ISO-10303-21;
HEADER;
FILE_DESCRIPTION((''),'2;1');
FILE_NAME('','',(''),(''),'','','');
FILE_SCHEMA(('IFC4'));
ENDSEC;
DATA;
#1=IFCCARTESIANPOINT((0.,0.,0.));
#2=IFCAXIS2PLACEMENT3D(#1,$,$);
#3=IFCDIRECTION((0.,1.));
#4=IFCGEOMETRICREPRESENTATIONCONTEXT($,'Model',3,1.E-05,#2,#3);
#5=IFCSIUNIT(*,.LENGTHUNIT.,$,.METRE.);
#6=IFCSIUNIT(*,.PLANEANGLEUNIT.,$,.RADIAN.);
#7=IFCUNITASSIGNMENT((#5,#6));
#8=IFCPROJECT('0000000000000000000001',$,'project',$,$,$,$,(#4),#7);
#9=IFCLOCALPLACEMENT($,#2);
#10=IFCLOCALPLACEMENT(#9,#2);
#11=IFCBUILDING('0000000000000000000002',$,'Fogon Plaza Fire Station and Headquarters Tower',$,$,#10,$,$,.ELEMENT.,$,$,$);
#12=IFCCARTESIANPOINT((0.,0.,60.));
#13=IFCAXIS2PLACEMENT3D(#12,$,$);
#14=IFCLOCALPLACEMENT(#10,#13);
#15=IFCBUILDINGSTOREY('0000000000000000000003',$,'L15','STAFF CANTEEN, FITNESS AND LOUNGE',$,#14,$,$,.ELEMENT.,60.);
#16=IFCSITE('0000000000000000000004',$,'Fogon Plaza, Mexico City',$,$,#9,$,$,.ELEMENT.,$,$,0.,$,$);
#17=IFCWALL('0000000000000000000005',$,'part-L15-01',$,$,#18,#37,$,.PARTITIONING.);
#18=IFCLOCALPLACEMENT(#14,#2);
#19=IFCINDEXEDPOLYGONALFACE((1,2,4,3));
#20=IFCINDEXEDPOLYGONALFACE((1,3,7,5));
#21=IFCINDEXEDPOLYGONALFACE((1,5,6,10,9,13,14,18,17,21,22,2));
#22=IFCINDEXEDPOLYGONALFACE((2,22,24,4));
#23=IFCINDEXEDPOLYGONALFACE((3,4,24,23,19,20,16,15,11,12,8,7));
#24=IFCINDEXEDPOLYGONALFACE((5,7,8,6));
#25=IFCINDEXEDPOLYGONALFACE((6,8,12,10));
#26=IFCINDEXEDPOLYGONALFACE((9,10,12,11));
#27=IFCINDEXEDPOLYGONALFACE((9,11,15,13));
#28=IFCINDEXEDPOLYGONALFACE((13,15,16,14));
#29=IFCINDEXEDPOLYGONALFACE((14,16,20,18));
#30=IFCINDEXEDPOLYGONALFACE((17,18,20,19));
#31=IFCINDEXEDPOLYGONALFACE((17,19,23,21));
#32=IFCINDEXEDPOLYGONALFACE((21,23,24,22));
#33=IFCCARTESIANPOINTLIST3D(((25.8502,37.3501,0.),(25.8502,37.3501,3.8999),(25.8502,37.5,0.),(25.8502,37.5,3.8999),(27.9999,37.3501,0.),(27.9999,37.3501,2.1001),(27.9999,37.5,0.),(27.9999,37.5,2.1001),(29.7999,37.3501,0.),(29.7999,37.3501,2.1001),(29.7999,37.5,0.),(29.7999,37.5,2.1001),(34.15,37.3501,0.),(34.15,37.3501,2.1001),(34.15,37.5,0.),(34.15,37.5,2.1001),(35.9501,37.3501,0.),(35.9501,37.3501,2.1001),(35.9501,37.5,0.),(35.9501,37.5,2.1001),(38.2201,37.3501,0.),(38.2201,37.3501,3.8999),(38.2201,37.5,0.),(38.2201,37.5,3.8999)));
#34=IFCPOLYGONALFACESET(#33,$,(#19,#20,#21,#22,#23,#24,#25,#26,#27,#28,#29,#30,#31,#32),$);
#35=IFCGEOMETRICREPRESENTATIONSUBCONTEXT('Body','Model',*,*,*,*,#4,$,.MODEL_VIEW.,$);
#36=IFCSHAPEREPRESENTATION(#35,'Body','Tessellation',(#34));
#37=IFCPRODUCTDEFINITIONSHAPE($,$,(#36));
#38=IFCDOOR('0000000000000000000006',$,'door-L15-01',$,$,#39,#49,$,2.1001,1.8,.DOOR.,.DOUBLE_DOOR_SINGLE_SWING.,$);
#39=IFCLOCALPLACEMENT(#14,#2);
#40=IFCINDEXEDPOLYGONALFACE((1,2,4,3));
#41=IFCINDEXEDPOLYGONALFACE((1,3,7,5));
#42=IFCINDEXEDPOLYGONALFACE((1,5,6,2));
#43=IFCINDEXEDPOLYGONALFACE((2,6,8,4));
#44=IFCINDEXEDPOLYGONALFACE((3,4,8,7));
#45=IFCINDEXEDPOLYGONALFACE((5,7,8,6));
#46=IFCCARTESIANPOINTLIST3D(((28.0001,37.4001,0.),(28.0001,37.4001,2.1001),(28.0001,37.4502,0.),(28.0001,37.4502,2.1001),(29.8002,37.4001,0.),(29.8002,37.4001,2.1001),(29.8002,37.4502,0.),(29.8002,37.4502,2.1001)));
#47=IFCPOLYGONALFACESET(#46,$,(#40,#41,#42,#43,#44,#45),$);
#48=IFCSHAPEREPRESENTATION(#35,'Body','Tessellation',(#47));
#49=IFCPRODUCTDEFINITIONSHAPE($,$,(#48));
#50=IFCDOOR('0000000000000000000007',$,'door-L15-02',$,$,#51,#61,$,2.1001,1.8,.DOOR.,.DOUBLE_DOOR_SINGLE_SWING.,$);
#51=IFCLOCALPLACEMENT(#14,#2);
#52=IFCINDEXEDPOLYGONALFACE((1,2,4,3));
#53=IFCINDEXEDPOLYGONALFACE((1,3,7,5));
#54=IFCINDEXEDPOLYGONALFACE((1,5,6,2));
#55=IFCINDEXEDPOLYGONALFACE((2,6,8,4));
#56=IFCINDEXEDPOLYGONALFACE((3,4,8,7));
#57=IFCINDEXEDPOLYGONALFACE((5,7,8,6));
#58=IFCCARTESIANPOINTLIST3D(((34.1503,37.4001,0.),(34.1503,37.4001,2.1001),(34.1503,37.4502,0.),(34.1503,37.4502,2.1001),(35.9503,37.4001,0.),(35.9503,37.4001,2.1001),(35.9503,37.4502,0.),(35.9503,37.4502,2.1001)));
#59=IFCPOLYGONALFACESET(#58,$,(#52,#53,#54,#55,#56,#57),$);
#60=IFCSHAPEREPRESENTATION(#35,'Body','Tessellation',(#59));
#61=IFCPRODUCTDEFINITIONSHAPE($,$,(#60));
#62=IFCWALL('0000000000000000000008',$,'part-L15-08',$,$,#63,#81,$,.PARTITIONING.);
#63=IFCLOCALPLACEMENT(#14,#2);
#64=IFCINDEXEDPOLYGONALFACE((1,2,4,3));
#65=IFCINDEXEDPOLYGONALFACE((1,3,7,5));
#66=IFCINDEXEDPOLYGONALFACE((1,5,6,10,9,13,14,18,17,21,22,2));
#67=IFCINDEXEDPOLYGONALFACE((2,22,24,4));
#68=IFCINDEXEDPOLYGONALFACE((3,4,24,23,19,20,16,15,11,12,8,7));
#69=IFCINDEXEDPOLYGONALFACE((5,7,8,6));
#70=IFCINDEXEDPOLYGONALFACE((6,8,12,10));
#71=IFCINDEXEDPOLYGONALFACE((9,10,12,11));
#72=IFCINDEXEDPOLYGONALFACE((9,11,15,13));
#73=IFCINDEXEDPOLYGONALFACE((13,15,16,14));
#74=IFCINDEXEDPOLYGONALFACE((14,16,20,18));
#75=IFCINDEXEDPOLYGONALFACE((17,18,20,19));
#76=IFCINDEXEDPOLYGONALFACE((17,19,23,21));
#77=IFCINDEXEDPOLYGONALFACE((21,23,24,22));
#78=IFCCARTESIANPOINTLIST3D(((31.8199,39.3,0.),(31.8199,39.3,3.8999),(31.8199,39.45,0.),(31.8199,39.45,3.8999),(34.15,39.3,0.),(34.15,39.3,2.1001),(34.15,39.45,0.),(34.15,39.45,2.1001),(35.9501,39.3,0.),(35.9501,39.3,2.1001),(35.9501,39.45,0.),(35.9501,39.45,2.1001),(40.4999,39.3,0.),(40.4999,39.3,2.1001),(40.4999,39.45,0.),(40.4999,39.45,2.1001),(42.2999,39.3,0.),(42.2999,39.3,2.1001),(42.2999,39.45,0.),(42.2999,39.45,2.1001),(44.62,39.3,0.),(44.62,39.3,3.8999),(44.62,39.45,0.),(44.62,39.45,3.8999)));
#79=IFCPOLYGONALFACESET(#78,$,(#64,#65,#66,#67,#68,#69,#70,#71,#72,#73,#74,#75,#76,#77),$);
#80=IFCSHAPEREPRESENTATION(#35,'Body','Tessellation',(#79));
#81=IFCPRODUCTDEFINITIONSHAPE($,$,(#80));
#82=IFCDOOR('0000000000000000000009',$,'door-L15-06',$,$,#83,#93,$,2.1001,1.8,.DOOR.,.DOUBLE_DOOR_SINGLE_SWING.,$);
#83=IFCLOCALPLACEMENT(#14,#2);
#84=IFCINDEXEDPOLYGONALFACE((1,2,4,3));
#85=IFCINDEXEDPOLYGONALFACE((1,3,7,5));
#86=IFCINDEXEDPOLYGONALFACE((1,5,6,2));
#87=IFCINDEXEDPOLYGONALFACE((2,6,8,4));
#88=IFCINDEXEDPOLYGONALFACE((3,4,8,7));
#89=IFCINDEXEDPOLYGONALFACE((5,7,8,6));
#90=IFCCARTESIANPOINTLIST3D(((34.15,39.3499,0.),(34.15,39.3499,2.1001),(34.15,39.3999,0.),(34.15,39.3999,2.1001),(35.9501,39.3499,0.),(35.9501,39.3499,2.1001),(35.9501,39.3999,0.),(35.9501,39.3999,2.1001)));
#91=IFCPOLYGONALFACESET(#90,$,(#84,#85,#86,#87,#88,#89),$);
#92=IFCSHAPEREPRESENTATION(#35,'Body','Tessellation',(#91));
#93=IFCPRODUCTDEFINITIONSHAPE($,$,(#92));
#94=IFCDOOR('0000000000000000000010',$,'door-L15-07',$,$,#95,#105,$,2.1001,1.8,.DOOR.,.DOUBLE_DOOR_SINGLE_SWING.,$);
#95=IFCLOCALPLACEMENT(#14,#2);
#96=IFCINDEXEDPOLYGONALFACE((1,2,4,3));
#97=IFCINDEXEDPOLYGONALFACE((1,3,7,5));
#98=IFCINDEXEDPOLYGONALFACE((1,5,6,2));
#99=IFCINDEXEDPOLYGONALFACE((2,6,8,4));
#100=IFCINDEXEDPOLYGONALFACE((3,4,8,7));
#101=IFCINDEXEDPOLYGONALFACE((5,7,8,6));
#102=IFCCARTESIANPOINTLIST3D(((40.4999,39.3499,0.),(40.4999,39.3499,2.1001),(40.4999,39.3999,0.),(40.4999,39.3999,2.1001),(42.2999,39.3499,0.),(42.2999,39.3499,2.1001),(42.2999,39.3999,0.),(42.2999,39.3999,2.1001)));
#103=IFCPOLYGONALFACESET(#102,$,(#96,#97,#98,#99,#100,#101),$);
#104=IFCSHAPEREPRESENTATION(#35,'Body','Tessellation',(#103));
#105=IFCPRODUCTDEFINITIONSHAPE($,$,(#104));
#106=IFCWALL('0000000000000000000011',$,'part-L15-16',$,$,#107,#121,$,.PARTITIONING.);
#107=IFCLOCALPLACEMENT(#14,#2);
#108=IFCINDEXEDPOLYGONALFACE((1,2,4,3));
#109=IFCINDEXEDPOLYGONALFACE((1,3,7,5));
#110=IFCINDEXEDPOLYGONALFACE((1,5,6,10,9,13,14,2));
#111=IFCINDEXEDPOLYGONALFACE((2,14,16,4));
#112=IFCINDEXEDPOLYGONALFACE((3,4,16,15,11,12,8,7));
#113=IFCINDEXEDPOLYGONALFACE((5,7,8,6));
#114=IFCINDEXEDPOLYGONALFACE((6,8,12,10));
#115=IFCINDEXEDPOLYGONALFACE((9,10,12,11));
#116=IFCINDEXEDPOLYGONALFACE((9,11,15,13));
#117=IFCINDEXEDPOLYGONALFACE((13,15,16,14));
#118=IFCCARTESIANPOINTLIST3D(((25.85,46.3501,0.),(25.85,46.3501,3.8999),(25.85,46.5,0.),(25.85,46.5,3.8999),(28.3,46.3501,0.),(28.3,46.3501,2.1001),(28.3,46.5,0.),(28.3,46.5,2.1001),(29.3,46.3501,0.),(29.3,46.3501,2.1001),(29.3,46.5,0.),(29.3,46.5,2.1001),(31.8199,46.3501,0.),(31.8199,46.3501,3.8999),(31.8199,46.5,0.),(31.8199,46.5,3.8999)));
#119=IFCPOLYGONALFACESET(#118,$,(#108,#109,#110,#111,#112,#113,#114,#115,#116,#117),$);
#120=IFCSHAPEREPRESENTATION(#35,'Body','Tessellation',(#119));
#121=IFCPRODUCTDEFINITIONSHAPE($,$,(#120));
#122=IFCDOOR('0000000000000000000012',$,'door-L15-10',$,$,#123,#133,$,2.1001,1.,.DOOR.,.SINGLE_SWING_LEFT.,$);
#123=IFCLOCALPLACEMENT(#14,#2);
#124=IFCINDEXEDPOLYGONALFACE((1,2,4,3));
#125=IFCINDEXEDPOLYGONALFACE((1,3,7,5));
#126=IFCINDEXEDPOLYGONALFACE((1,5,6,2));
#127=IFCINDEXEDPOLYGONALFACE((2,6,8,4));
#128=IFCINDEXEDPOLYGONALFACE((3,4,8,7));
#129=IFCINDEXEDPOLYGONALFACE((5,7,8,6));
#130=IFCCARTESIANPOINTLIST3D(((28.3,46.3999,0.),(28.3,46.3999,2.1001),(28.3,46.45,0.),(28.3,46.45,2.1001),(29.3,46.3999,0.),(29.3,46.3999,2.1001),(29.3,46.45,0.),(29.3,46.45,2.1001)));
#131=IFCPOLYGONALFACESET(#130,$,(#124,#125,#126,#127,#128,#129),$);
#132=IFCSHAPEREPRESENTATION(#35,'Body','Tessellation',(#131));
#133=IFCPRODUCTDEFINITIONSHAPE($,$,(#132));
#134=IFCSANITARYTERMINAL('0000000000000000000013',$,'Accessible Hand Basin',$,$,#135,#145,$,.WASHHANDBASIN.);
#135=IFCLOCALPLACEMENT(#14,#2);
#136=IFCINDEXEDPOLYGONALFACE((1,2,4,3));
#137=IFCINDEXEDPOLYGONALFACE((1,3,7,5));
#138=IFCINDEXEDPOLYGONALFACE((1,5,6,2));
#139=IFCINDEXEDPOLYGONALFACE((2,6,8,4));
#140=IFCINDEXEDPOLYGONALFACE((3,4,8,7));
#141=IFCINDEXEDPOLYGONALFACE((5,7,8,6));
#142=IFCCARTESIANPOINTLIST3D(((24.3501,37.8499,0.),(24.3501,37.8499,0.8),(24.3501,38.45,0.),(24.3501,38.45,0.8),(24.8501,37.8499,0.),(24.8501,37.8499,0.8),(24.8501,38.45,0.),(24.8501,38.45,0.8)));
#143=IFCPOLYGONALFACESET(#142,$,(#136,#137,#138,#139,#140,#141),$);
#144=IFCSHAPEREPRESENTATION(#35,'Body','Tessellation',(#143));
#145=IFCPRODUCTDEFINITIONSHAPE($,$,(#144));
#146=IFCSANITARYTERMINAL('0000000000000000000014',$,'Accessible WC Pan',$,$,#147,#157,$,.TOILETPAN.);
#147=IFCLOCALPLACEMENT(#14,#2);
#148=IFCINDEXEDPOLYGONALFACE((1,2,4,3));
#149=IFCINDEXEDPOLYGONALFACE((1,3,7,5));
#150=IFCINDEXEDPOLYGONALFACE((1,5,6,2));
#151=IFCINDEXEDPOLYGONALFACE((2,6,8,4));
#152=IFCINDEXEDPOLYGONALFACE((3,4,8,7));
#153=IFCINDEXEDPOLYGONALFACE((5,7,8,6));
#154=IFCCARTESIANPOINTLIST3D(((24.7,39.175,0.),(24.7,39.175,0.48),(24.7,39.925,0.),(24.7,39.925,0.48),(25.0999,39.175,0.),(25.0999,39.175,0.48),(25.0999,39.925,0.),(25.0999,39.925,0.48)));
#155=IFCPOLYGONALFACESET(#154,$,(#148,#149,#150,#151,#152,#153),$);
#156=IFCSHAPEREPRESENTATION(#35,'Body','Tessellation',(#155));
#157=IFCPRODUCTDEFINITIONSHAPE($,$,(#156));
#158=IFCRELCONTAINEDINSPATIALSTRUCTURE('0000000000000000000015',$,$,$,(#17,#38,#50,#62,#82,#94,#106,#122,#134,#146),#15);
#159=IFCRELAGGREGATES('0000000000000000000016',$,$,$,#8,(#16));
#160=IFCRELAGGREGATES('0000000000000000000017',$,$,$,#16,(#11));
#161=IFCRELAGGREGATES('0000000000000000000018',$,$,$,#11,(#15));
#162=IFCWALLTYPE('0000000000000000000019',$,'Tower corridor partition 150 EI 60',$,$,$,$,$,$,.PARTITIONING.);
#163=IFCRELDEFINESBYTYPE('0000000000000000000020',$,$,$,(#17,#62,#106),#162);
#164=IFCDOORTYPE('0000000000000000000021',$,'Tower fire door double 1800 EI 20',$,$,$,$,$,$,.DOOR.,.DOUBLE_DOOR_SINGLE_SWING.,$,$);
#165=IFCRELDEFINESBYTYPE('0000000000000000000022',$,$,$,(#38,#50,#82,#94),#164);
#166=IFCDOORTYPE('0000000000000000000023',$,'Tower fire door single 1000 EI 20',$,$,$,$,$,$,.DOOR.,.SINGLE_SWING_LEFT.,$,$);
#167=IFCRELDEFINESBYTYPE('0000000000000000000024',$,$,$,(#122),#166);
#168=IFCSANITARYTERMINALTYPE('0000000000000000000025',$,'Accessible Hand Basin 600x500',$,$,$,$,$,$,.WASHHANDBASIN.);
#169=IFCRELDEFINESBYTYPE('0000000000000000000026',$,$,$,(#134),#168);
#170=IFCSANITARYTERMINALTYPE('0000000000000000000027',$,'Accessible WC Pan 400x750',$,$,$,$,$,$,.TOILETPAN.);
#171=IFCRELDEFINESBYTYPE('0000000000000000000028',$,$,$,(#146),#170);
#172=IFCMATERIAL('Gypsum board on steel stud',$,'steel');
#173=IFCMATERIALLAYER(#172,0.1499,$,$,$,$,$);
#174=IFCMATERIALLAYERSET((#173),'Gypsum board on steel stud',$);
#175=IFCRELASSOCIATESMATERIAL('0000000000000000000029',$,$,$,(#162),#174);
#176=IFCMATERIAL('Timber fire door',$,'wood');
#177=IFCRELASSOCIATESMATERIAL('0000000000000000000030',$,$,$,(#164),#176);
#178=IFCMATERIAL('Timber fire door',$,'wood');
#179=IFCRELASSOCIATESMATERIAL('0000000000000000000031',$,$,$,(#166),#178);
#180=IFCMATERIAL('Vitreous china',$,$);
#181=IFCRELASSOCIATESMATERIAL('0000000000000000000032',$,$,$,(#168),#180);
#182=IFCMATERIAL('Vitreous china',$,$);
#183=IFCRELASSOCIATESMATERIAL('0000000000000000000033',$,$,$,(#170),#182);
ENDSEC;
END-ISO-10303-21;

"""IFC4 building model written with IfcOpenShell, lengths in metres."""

from ifc_helpers import new_model, si_unit, direction, frame, frame_2d, origin, origin_2d, place, context, subcontext, project, spatial, rectangle, extrude, material, layer, layer_set, type_object, element, fill, save


model = new_model("IFC4")

# Units and contexts
model_context = context("Model", 3, precision=1e-05, world=origin(), true_north=direction((0.0, 1.0)))
body_context = subcontext(model_context, "Body", "Model", "MODEL_VIEW")
ifc_project = project(units=[si_unit("LENGTHUNIT", "METRE"), si_unit("PLANEANGLEUNIT", "RADIAN")], contexts=[model_context])

# Site, building, storey
site_placement = place(None, origin())
site = spatial("IfcSite", under=ifc_project, at=site_placement, Name="Fogon Plaza, Mexico City", CompositionType="ELEMENT", RefElevation=0.0)
building_placement = place(site_placement, origin())
building = spatial("IfcBuilding", under=site, at=building_placement, Name="Fogon Plaza Fire Station and Headquarters Tower", CompositionType="ELEMENT")
storey_placement = place(building_placement, frame((0.0, 0.0, 60.0)))
storey = spatial("IfcBuildingStorey", under=building, at=storey_placement, Name="L15", Description="STAFF CANTEEN, FITNESS AND LOUNGE", CompositionType="ELEMENT", Elevation=60.0)

# Walls, openings, doors
ifc_material_1 = material(Name="Gypsum board on steel stud", Category="steel")
ifc_layer_1 = layer(ifc_material_1, 0.1499)
ifc_layer_set_1 = layer_set([ifc_layer_1], Name="Gypsum board on steel stud")
wall_type_1 = type_object("IfcWallType", Name="Tower corridor partition 150 EI 60", PredefinedType="PARTITIONING", material=ifc_layer_set_1)
wall_1_placement = place(storey_placement, frame((25.8501, 37.425, 0.0), z_axis=(0.0, 0.0, 1.0), x_axis=(1.0, 0.0, 0.0)))
wall_1 = element("IfcWall", 1, at=wall_1_placement, inside=storey, type_object=wall_type_1, Name="part-L15-01", PredefinedType="PARTITIONING", context=body_context, shape_type="SweptSolid", body=[
    extrude(rectangle(XDim=12.3699, YDim=0.1499, at=frame_2d((6.1851, 0.0))), origin(), (0.0, 0.0, 1.0), 3.8999),
])
opening_1_placement = place(wall_1_placement, frame((2.1499, 0.0, 0.0)))
opening_1 = element("IfcOpeningElement", 2, at=opening_1_placement, cuts=wall_1, PredefinedType="OPENING", context=body_context, shape_type="SweptSolid", body=[
    extrude(rectangle(XDim=1.8, YDim=2.1001, at=frame_2d((0.8999, 1.05))), frame((0.0, 0.085, 0.0), z_axis=(0.0, -1.0, 0.0), x_axis=(1.0, 0.0, 0.0)), (0.0, 0.0, 1.0), 0.1699),
])
opening_2_placement = place(wall_1_placement, frame((8.3, 0.0, 0.0)))
opening_2 = element("IfcOpeningElement", 3, at=opening_2_placement, cuts=wall_1, PredefinedType="OPENING", context=body_context, shape_type="SweptSolid", body=[
    extrude(rectangle(XDim=1.8, YDim=2.1001, at=frame_2d((0.8999, 1.05))), frame((0.0, 0.085, 0.0), z_axis=(0.0, -1.0, 0.0), x_axis=(1.0, 0.0, 0.0)), (0.0, 0.0, 1.0), 0.1699),
])
ifc_material_2 = material(Name="Timber fire door", Category="wood")
door_type_1 = type_object("IfcDoorType", Name="Tower fire door double 1800 EI 20", OperationType="DOUBLE_DOOR_SINGLE_SWING", PredefinedType="DOOR", material=ifc_material_2)
door_1_placement = place(opening_1_placement, frame((1.8, 0.0, 0.0), z_axis=(0.0, 0.0, 1.0), x_axis=(-1.0, 0.0, 0.0)))
door_1 = element("IfcDoor", 4, at=door_1_placement, inside=storey, type_object=door_type_1, Name="door-L15-01", OperationType="DOUBLE_DOOR_SINGLE_SWING", OverallHeight=2.1001, OverallWidth=1.8, PredefinedType="DOOR", context=body_context, shape_type="SweptSolid", body=[
    extrude(rectangle(XDim=1.8, YDim=2.1001, at=frame_2d((0.8999, 1.05))), frame((0.0, 0.0249, 0.0), z_axis=(0.0, -1.0, 0.0), x_axis=(1.0, 0.0, 0.0)), (0.0, 0.0, 1.0), 0.05),
])
fill(opening_1, door_1)
door_2_placement = place(opening_2_placement, frame((1.8, 0.0, 0.0), z_axis=(0.0, 0.0, 1.0), x_axis=(-1.0, 0.0, 0.0)))
door_2 = element("IfcDoor", 5, at=door_2_placement, inside=storey, type_object=door_type_1, Name="door-L15-02", OperationType="DOUBLE_DOOR_SINGLE_SWING", OverallHeight=2.1001, OverallWidth=1.8, PredefinedType="DOOR", context=body_context, shape_type="SweptSolid", body=[
    extrude(rectangle(XDim=1.8, YDim=2.1001, at=frame_2d((0.8999, 1.05))), frame((0.0, 0.0249, 0.0), z_axis=(0.0, -1.0, 0.0), x_axis=(1.0, 0.0, 0.0)), (0.0, 0.0, 1.0), 0.05),
])
fill(opening_2, door_2)
wall_2_placement = place(storey_placement, frame((31.8201, 39.375, 0.0), z_axis=(0.0, 0.0, 1.0), x_axis=(1.0, 0.0, 0.0)))
wall_2 = element("IfcWall", 6, at=wall_2_placement, inside=storey, type_object=wall_type_1, Name="part-L15-08", PredefinedType="PARTITIONING", context=body_context, shape_type="SweptSolid", body=[
    extrude(rectangle(XDim=12.8, YDim=0.1499, at=frame_2d((6.3999, 0.0))), origin(), (0.0, 0.0, 1.0), 3.8999),
])
opening_3_placement = place(wall_2_placement, frame((2.3301, 0.0, 0.0)))
opening_3 = element("IfcOpeningElement", 7, at=opening_3_placement, cuts=wall_2, PredefinedType="OPENING", context=body_context, shape_type="SweptSolid", body=[
    extrude(rectangle(XDim=1.8, YDim=2.1001, at=frame_2d((0.8999, 1.05))), frame((0.0, 0.085, 0.0), z_axis=(0.0, -1.0, 0.0), x_axis=(1.0, 0.0, 0.0)), (0.0, 0.0, 1.0), 0.1699),
])
opening_4_placement = place(wall_2_placement, frame((8.6799, 0.0, 0.0)))
opening_4 = element("IfcOpeningElement", 8, at=opening_4_placement, cuts=wall_2, PredefinedType="OPENING", context=body_context, shape_type="SweptSolid", body=[
    extrude(rectangle(XDim=1.8, YDim=2.1001, at=frame_2d((0.8999, 1.05))), frame((0.0, 0.085, 0.0), z_axis=(0.0, -1.0, 0.0), x_axis=(1.0, 0.0, 0.0)), (0.0, 0.0, 1.0), 0.1699),
])
door_3_placement = place(opening_3_placement, origin())
door_3 = element("IfcDoor", 9, at=door_3_placement, inside=storey, type_object=door_type_1, Name="door-L15-06", OperationType="DOUBLE_DOOR_SINGLE_SWING", OverallHeight=2.1001, OverallWidth=1.8, PredefinedType="DOOR", context=body_context, shape_type="SweptSolid", body=[
    extrude(rectangle(XDim=1.8, YDim=2.1001, at=frame_2d((0.8999, 1.05))), frame((0.0, 0.0249, 0.0), z_axis=(0.0, -1.0, 0.0), x_axis=(1.0, 0.0, 0.0)), (0.0, 0.0, 1.0), 0.05),
])
fill(opening_3, door_3)
door_4_placement = place(opening_4_placement, origin())
door_4 = element("IfcDoor", 10, at=door_4_placement, inside=storey, type_object=door_type_1, Name="door-L15-07", OperationType="DOUBLE_DOOR_SINGLE_SWING", OverallHeight=2.1001, OverallWidth=1.8, PredefinedType="DOOR", context=body_context, shape_type="SweptSolid", body=[
    extrude(rectangle(XDim=1.8, YDim=2.1001, at=frame_2d((0.8999, 1.05))), frame((0.0, 0.0249, 0.0), z_axis=(0.0, -1.0, 0.0), x_axis=(1.0, 0.0, 0.0)), (0.0, 0.0, 1.0), 0.05),
])
fill(opening_4, door_4)

# Wall, opening, door
wall_3_placement = place(storey_placement, frame((25.8501, 46.425, 0.0), z_axis=(0.0, 0.0, 1.0), x_axis=(1.0, 0.0, 0.0)))
wall_3 = element("IfcWall", 11, at=wall_3_placement, inside=storey, type_object=wall_type_1, Name="part-L15-16", PredefinedType="PARTITIONING", context=body_context, shape_type="SweptSolid", body=[
    extrude(rectangle(XDim=5.97, YDim=0.1499, at=frame_2d((2.9849, 0.0))), origin(), (0.0, 0.0, 1.0), 3.8999),
])
opening_5_placement = place(wall_3_placement, frame((2.45, 0.0, 0.0)))
opening_5 = element("IfcOpeningElement", 12, at=opening_5_placement, cuts=wall_3, PredefinedType="OPENING", context=body_context, shape_type="SweptSolid", body=[
    extrude(rectangle(XDim=1.0, YDim=2.1001, at=frame_2d((0.5, 1.05))), frame((0.0, 0.085, 0.0), z_axis=(0.0, -1.0, 0.0), x_axis=(1.0, 0.0, 0.0)), (0.0, 0.0, 1.0), 0.1699),
])
ifc_material_3 = material(Name="Timber fire door", Category="wood")
door_type_2 = type_object("IfcDoorType", Name="Tower fire door single 1000 EI 20", OperationType="SINGLE_SWING_LEFT", PredefinedType="DOOR", material=ifc_material_3)
door_5_placement = place(opening_5_placement, origin())
door_5 = element("IfcDoor", 13, at=door_5_placement, inside=storey, type_object=door_type_2, Name="door-L15-10", OperationType="SINGLE_SWING_LEFT", OverallHeight=2.1001, OverallWidth=1.0, PredefinedType="DOOR", context=body_context, shape_type="SweptSolid", body=[
    extrude(rectangle(XDim=1.0, YDim=2.1001, at=frame_2d((0.5, 1.05))), frame((0.0, 0.0249, 0.0), z_axis=(0.0, -1.0, 0.0), x_axis=(1.0, 0.0, 0.0)), (0.0, 0.0, 1.0), 0.05),
])
fill(opening_5, door_5)

# Sanitary terminals
ifc_material_4 = material(Name="Vitreous china")
sanitary_terminal_type_1 = type_object("IfcSanitaryTerminalType", Name="Accessible Hand Basin 600x500", PredefinedType="WASHHANDBASIN", material=ifc_material_4)
sanitary_terminal_1_placement = place(storey_placement, frame((24.6001, 38.1499, 0.0), z_axis=(0.0, 0.0, 1.0), x_axis=(1.0, 0.0, 0.0)))
element("IfcSanitaryTerminal", 14, at=sanitary_terminal_1_placement, inside=storey, type_object=sanitary_terminal_type_1, Name="Accessible Hand Basin", PredefinedType="WASHHANDBASIN", context=body_context, shape_type="SweptSolid", body=[
    extrude(rectangle(XDim=0.5, YDim=0.6001, at=origin_2d()), origin(), (0.0, 0.0, 1.0), 0.8),
])
ifc_material_5 = material(Name="Vitreous china")
sanitary_terminal_type_2 = type_object("IfcSanitaryTerminalType", Name="Accessible WC Pan 400x750", PredefinedType="TOILETPAN", material=ifc_material_5)
sanitary_terminal_2_placement = place(storey_placement, frame((24.8999, 39.55, 0.0), z_axis=(0.0, 0.0, 1.0), x_axis=(1.0, 0.0, 0.0)))
element("IfcSanitaryTerminal", 15, at=sanitary_terminal_2_placement, inside=storey, type_object=sanitary_terminal_type_2, Name="Accessible WC Pan", PredefinedType="TOILETPAN", context=body_context, shape_type="SweptSolid", body=[
    extrude(rectangle(XDim=0.3999, YDim=0.75, at=origin_2d()), origin(), (0.0, 0.0, 1.0), 0.48),
])

save(model, "model.ifc")
